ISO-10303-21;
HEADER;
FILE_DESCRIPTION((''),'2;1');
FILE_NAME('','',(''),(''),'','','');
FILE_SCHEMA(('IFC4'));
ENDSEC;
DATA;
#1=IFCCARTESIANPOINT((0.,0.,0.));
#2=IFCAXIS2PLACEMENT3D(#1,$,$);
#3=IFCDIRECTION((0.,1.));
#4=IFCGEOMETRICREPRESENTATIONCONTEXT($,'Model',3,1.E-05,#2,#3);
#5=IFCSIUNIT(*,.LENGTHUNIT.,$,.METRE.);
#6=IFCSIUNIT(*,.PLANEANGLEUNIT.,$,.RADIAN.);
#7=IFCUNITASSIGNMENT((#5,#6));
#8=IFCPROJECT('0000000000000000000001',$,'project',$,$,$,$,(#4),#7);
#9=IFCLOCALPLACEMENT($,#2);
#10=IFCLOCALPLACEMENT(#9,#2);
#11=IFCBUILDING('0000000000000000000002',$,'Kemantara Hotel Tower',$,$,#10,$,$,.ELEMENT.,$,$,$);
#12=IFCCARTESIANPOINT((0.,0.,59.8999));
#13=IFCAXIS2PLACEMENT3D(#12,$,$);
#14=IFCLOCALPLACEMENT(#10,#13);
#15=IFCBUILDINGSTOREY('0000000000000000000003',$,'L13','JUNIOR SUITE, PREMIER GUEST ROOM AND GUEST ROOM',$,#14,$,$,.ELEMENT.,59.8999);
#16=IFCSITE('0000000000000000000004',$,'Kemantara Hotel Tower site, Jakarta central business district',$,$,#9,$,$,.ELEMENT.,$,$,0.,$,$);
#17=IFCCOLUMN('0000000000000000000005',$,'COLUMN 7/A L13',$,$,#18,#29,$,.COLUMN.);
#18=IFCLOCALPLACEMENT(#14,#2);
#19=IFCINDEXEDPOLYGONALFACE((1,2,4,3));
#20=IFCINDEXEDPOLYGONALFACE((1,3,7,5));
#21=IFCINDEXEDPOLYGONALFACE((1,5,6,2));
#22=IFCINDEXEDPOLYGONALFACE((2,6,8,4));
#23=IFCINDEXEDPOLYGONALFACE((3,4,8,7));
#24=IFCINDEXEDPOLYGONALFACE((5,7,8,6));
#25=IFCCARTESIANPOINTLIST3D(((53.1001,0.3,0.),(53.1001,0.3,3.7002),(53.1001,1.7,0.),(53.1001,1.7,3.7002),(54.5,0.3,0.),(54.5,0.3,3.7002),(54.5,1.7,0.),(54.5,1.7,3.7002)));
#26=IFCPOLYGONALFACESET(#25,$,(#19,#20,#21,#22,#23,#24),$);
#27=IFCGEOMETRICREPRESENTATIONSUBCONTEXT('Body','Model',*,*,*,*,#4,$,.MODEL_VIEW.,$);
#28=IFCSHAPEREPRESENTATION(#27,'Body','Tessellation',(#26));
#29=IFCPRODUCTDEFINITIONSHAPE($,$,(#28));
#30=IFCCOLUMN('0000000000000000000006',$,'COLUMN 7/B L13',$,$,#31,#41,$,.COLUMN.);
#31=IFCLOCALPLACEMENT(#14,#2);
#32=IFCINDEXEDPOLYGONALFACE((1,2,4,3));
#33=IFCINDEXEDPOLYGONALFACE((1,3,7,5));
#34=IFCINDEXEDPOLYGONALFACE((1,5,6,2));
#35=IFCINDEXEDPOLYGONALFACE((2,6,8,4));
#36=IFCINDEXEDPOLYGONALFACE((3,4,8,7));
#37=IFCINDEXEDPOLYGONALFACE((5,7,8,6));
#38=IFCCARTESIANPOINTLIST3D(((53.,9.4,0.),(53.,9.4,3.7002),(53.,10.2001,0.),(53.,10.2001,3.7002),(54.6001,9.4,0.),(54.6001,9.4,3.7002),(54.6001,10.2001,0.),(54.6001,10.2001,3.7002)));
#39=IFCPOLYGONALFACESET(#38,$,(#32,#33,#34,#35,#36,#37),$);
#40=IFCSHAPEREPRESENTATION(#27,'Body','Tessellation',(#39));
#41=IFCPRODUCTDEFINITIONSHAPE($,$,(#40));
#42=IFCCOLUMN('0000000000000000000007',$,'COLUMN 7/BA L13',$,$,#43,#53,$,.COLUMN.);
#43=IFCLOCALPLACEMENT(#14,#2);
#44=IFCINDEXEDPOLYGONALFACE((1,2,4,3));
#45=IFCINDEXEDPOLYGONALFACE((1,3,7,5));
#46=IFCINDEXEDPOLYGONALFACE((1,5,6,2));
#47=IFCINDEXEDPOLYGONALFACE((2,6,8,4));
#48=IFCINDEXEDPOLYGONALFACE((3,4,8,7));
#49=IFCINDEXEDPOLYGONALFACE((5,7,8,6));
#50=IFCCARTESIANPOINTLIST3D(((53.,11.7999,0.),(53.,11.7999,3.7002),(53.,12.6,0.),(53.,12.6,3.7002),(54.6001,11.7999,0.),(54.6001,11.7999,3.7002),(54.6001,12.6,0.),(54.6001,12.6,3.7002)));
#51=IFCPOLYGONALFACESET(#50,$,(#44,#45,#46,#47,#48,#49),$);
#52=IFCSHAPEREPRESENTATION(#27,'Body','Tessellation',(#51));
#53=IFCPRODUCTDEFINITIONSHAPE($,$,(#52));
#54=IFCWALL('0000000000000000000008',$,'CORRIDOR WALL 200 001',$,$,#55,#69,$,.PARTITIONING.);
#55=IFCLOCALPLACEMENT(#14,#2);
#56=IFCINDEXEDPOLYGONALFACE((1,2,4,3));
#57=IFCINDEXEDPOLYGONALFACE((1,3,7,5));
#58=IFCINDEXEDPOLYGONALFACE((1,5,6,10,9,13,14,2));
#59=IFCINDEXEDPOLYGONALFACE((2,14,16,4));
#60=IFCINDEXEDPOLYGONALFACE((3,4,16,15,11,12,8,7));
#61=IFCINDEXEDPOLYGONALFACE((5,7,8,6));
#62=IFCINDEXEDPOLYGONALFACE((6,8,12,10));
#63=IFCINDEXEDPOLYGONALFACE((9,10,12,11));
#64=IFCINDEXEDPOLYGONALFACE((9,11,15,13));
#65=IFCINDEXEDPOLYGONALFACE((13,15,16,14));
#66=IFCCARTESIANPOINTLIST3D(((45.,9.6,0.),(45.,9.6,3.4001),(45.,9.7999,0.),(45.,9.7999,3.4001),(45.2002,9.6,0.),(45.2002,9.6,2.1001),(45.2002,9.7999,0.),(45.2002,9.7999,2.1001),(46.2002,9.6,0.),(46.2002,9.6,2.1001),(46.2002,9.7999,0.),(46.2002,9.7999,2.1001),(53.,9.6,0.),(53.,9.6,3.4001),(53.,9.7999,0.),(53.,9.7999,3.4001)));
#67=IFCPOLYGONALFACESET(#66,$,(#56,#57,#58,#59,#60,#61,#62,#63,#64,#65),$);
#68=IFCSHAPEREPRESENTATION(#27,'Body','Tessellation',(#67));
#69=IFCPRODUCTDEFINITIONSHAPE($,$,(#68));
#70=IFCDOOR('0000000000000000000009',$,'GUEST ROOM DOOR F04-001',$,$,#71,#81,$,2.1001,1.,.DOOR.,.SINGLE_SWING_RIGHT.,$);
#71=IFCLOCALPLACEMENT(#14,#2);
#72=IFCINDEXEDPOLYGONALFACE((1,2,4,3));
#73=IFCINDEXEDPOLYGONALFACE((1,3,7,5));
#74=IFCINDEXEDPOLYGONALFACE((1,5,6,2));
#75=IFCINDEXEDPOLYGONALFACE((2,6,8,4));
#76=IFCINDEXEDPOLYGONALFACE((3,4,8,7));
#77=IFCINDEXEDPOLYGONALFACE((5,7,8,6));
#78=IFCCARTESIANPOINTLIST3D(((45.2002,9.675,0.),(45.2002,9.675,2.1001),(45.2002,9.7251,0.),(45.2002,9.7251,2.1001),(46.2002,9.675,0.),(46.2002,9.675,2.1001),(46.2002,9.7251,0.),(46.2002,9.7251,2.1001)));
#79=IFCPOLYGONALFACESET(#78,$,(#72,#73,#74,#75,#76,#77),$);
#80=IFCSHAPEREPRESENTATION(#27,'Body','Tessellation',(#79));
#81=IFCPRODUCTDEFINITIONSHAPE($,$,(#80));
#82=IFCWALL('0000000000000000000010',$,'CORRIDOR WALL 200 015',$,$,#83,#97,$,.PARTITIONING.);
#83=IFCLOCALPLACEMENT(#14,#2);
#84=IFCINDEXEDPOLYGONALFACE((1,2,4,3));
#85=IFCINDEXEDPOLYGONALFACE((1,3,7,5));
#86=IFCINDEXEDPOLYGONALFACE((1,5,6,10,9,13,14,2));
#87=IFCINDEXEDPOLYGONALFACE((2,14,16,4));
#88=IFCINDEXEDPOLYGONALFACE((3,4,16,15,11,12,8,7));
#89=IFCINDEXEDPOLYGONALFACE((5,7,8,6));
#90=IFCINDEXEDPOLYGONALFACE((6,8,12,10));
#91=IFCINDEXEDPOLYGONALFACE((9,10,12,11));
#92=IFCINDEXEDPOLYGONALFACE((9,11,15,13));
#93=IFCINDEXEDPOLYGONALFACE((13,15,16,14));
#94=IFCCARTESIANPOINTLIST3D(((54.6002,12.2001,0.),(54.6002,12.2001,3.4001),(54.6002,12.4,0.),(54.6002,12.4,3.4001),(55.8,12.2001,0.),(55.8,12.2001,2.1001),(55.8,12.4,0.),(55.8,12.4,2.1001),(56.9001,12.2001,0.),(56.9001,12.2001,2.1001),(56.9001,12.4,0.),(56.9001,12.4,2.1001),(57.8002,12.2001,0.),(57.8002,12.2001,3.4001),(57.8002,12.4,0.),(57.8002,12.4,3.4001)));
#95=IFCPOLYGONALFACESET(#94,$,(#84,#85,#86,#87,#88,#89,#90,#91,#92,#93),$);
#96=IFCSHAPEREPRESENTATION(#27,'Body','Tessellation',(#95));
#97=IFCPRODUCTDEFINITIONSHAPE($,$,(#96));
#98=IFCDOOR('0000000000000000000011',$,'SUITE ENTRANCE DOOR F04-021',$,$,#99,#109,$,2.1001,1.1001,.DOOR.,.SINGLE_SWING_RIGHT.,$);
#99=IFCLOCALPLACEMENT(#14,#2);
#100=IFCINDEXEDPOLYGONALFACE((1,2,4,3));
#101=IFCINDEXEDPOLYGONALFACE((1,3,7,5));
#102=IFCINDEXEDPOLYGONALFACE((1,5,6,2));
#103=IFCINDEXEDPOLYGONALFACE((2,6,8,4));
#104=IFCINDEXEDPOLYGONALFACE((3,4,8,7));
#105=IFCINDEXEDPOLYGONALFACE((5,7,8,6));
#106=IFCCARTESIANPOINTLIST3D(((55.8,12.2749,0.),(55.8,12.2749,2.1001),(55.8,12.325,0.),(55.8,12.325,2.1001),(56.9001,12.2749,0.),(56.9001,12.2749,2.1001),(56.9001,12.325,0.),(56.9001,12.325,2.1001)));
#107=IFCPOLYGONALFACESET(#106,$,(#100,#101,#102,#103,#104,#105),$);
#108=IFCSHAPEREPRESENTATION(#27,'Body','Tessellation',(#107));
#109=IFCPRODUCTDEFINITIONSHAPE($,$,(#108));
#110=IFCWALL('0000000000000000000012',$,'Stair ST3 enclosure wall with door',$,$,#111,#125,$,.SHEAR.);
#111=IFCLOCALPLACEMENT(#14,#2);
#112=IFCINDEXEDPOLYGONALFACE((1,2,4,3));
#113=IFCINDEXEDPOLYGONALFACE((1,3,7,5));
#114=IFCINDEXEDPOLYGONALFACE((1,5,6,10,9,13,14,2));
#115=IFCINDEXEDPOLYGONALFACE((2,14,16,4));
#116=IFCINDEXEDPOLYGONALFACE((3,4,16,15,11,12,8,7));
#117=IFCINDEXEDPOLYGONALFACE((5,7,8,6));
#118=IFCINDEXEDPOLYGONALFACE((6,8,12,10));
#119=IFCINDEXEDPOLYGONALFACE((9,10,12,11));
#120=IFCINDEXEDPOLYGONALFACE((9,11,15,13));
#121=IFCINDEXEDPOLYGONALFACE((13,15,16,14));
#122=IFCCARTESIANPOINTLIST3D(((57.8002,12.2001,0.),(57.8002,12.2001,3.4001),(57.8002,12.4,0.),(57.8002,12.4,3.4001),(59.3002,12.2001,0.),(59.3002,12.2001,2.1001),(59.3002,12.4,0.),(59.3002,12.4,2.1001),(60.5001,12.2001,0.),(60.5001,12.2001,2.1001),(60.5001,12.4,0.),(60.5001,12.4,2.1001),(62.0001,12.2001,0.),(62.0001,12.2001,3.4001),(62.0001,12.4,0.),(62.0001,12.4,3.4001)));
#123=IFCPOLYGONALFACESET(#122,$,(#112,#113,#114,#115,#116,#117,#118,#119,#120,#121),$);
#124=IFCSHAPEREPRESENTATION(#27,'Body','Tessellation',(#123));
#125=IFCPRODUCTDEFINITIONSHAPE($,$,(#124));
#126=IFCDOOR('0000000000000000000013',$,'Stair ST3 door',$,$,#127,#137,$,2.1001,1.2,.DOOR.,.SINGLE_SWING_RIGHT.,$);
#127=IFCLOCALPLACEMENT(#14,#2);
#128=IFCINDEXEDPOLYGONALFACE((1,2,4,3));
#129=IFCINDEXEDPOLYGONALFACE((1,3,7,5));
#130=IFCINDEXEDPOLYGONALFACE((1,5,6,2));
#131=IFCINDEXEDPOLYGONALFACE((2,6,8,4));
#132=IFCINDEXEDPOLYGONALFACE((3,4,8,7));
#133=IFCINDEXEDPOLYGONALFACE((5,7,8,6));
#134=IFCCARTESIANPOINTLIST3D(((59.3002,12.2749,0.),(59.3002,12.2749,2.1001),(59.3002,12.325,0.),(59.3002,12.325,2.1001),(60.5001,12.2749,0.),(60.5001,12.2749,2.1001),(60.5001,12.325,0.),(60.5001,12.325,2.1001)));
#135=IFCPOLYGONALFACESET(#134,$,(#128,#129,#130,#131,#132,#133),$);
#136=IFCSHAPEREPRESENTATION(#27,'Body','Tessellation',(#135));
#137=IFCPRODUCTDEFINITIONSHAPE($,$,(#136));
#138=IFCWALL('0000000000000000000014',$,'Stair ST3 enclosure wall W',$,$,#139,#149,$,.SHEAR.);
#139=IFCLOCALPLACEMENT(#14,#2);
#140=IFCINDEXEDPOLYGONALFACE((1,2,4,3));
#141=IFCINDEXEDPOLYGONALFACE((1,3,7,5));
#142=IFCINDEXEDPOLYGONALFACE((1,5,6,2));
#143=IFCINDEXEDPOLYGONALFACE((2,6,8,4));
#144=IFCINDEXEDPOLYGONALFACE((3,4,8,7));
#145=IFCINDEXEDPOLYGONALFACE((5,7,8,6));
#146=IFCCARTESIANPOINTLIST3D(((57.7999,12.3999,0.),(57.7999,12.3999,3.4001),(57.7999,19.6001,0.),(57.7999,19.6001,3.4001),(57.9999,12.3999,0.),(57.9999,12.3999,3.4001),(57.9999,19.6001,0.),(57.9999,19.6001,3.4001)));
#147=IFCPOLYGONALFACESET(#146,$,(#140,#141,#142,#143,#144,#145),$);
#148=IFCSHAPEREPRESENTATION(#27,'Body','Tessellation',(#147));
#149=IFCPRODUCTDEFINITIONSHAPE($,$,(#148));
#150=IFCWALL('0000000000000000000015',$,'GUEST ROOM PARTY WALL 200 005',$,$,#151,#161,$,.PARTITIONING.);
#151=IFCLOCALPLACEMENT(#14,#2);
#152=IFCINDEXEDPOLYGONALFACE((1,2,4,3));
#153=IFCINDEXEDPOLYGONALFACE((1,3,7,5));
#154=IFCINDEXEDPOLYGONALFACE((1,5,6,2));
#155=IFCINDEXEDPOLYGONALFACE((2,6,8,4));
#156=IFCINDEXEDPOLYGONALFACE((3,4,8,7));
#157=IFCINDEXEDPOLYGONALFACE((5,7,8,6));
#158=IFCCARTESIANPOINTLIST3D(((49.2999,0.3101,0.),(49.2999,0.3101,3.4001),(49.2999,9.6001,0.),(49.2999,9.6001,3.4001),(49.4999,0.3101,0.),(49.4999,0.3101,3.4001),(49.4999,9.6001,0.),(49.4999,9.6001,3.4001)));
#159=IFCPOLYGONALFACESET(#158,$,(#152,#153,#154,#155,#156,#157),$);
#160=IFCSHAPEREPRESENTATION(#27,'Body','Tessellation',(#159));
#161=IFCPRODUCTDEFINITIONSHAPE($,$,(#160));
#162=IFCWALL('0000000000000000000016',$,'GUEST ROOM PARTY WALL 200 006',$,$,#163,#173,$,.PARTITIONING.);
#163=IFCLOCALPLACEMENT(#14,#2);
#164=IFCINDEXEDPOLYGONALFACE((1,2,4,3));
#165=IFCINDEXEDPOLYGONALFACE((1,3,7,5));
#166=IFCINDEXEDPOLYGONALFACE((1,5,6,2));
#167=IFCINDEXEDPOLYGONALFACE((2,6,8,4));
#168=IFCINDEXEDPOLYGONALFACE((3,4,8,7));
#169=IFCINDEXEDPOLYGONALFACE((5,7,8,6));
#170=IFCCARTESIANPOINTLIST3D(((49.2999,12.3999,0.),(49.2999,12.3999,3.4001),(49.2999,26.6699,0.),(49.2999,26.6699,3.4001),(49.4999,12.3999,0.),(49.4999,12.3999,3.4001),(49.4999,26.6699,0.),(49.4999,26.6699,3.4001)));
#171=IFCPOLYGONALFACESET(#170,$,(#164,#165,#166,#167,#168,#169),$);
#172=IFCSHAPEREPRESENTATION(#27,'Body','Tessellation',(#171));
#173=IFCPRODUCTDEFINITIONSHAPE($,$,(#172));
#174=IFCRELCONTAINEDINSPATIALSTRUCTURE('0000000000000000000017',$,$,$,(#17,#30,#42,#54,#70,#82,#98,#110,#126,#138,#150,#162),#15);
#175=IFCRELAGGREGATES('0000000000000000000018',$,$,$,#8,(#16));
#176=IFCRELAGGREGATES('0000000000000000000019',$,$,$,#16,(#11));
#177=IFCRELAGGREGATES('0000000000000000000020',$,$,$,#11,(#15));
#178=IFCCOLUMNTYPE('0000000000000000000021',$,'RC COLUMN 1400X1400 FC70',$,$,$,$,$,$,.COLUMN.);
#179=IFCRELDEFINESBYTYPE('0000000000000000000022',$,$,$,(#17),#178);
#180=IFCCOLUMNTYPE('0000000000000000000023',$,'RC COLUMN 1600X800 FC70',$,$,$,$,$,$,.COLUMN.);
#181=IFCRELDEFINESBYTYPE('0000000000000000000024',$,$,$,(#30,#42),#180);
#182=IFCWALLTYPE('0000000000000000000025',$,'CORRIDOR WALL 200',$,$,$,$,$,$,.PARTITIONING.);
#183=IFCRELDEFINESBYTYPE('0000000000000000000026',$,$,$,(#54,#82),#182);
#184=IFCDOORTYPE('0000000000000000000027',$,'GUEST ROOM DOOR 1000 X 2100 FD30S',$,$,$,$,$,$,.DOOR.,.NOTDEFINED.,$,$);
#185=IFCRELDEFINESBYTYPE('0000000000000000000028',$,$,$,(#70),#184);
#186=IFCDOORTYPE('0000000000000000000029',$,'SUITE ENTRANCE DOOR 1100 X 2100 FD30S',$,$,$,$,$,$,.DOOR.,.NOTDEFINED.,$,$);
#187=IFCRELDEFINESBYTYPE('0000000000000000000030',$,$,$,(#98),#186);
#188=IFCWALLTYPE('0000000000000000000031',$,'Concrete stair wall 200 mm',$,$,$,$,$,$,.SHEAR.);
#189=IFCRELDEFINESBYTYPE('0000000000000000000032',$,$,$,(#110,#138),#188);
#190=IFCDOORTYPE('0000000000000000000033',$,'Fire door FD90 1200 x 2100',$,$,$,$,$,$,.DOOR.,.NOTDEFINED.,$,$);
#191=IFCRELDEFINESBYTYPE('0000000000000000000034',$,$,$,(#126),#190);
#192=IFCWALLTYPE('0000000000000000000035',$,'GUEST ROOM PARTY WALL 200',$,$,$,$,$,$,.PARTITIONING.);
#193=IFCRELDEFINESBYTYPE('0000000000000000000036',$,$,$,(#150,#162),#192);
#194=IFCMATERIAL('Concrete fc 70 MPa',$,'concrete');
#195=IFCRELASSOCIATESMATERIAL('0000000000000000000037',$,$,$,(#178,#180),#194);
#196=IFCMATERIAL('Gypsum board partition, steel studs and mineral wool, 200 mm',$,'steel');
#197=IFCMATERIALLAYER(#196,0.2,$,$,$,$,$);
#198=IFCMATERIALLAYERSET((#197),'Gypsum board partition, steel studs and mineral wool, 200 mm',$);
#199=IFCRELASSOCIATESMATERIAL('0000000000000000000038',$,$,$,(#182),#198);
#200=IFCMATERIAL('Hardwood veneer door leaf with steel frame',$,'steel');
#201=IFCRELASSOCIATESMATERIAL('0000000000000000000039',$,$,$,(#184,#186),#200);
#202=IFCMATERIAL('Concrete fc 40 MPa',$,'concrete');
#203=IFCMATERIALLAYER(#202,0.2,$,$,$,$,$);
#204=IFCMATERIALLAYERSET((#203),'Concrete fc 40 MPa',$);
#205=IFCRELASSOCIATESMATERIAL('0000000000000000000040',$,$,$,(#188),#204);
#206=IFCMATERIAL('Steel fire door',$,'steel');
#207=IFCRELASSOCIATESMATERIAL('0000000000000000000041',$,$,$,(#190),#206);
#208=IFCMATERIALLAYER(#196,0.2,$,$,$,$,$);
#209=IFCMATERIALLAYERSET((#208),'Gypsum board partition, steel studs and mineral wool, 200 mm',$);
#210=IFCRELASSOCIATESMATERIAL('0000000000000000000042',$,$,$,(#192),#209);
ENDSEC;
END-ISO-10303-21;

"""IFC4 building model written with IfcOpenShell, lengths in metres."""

from ifc_helpers import new_model, si_unit, direction, frame, frame_2d, origin, origin_2d, place, context, subcontext, project, spatial, rectangle, extrude, material, layer, layer_set, material_profile, profile_set, type_object, element, fill, save


model = new_model("IFC4")

# Units and contexts
model_context = context("Model", 3, precision=1e-05, world=origin(), true_north=direction((0.0, 1.0)))
body_context = subcontext(model_context, "Body", "Model", "MODEL_VIEW")
ifc_project = project(units=[si_unit("LENGTHUNIT", "METRE"), si_unit("PLANEANGLEUNIT", "RADIAN")], contexts=[model_context])

# Site, building, storey
site_placement = place(None, origin())
site = spatial("IfcSite", under=ifc_project, at=site_placement, Name="Kemantara Hotel Tower site, Jakarta central business district", CompositionType="ELEMENT", RefElevation=0.0)
building_placement = place(site_placement, origin())
building = spatial("IfcBuilding", under=site, at=building_placement, Name="Kemantara Hotel Tower", CompositionType="ELEMENT")
storey_placement = place(building_placement, frame((0.0, 0.0, 59.8999)))
storey = spatial("IfcBuildingStorey", under=building, at=storey_placement, Name="L13", Description="JUNIOR SUITE, PREMIER GUEST ROOM AND GUEST ROOM", CompositionType="ELEMENT", Elevation=59.8999)

# Columns
ifc_material_1 = material(Name="Concrete fc 70 MPa", Category="concrete")
ifc_material_profile_1 = material_profile(ifc_material_1, rectangle(XDim=1.3999, YDim=1.3999, at=origin_2d()), Name="RC 1400X1400")
ifc_profile_set_1 = profile_set([ifc_material_profile_1], Name="Concrete fc 70 MPa")
column_type_1 = type_object("IfcColumnType", Name="RC COLUMN 1400X1400 FC70", PredefinedType="COLUMN", material=ifc_profile_set_1)
column_placement = place(storey_placement, frame((53.8, 1.0, 0.0), z_axis=(0.0, 0.0, 1.0), x_axis=(1.0, 0.0, 0.0)))
element("IfcColumn", 1, at=column_placement, inside=storey, type_object=column_type_1, Name="COLUMN 7/A L13", PredefinedType="COLUMN", context=body_context, shape_type="SweptSolid", body=[
    extrude(rectangle(XDim=1.3999, YDim=1.3999, at=origin_2d()), origin(), (0.0, 0.0, 1.0), 3.7002),
])
ifc_material_profile_2 = material_profile(ifc_material_1, rectangle(XDim=1.6001, YDim=0.8, at=origin_2d()), Name="RC 1600X800")
ifc_profile_set_2 = profile_set([ifc_material_profile_2], Name="Concrete fc 70 MPa")
column_type_2 = type_object("IfcColumnType", Name="RC COLUMN 1600X800 FC70", PredefinedType="COLUMN", material=ifc_profile_set_2)
for number, where, z_axis, x_axis, name in (
    (2, (53.8, 9.8, 0.0), (0.0, 0.0, 1.0), (1.0, 0.0, 0.0), "COLUMN 7/B L13"),
    (3, (53.8, 12.2, 0.0), (0.0, 0.0, 1.0), (1.0, 0.0, 0.0), "COLUMN 7/BA L13"),
):
    element("IfcColumn", number, at=place(storey_placement, frame(where, z_axis=z_axis, x_axis=x_axis)), inside=storey, type_object=column_type_2, Name=name, PredefinedType="COLUMN", context=body_context, shape_type="SweptSolid", body=[
        extrude(rectangle(XDim=1.6001, YDim=0.8, at=origin_2d()), origin(), (0.0, 0.0, 1.0), 3.7002),
    ])

# Walls, openings, doors
ifc_material_2 = material(Name="Gypsum board partition, steel studs and mineral wool, 200 mm", Category="steel")
ifc_layer_1 = layer(ifc_material_2, 0.2)
ifc_layer_set_1 = layer_set([ifc_layer_1], Name="Gypsum board partition, steel studs and mineral wool, 200 mm")
wall_type_1 = type_object("IfcWallType", Name="CORRIDOR WALL 200", PredefinedType="PARTITIONING", material=ifc_layer_set_1)
wall_1_placement = place(storey_placement, frame((53.0, 9.7, 0.0), z_axis=(0.0, 0.0, 1.0), x_axis=(-1.0, 0.0, 0.0)))
wall_1 = element("IfcWall", 4, at=wall_1_placement, inside=storey, type_object=wall_type_1, Name="CORRIDOR WALL 200 001", PredefinedType="PARTITIONING", context=body_context, shape_type="SweptSolid", body=[
    extrude(rectangle(XDim=8.0, YDim=0.2, at=frame_2d((4.0, 0.0))), origin(), (0.0, 0.0, 1.0), 3.4001),
])
opening_1_placement = place(wall_1_placement, frame((6.7998, 0.0, 0.0)))
opening_1 = element("IfcOpeningElement", 5, at=opening_1_placement, cuts=wall_1, PredefinedType="OPENING", context=body_context, shape_type="SweptSolid", body=[
    extrude(rectangle(XDim=1.0, YDim=2.1001, at=frame_2d((0.5, 1.05))), frame((0.0, 0.1099, 0.0), z_axis=(0.0, -1.0, 0.0), x_axis=(1.0, 0.0, 0.0)), (0.0, 0.0, 1.0), 0.22),
])
ifc_material_3 = material(Name="Hardwood veneer door leaf with steel frame", Category="steel")
door_type_1 = type_object("IfcDoorType", Name="GUEST ROOM DOOR 1000 X 2100 FD30S", OperationType="NOTDEFINED", PredefinedType="DOOR", material=ifc_material_3)
door_1_placement = place(opening_1_placement, origin())
door_1 = element("IfcDoor", 6, at=door_1_placement, inside=storey, type_object=door_type_1, Name="GUEST ROOM DOOR F04-001", OperationType="SINGLE_SWING_RIGHT", OverallHeight=2.1001, OverallWidth=1.0, PredefinedType="DOOR", context=body_context, shape_type="SweptSolid", body=[
    extrude(rectangle(XDim=1.0, YDim=2.1001, at=frame_2d((0.5, 1.05))), frame((0.0, 0.0249, 0.0), z_axis=(0.0, -1.0, 0.0), x_axis=(1.0, 0.0, 0.0)), (0.0, 0.0, 1.0), 0.05),
])
fill(opening_1, door_1)
wall_2_placement = place(storey_placement, frame((54.6001, 12.3, 0.0), z_axis=(0.0, 0.0, 1.0), x_axis=(1.0, 0.0, 0.0)))
wall_2 = element("IfcWall", 7, at=wall_2_placement, inside=storey, type_object=wall_type_1, Name="CORRIDOR WALL 200 015", PredefinedType="PARTITIONING", context=body_context, shape_type="SweptSolid", body=[
    extrude(rectangle(XDim=3.2, YDim=0.2, at=frame_2d((1.6001, 0.0))), origin(), (0.0, 0.0, 1.0), 3.4001),
])
opening_2_placement = place(wall_2_placement, frame((1.2, 0.0, 0.0)))
opening_2 = element("IfcOpeningElement", 8, at=opening_2_placement, cuts=wall_2, PredefinedType="OPENING", context=body_context, shape_type="SweptSolid", body=[
    extrude(rectangle(XDim=1.1001, YDim=2.1001, at=frame_2d((0.55, 1.05))), frame((0.0, 0.1099, 0.0), z_axis=(0.0, -1.0, 0.0), x_axis=(1.0, 0.0, 0.0)), (0.0, 0.0, 1.0), 0.22),
])
door_type_2 = type_object("IfcDoorType", Name="SUITE ENTRANCE DOOR 1100 X 2100 FD30S", OperationType="NOTDEFINED", PredefinedType="DOOR", material=ifc_material_3)
door_2_placement = place(opening_2_placement, origin())
door_2 = element("IfcDoor", 9, at=door_2_placement, inside=storey, type_object=door_type_2, Name="SUITE ENTRANCE DOOR F04-021", OperationType="SINGLE_SWING_RIGHT", OverallHeight=2.1001, OverallWidth=1.1001, PredefinedType="DOOR", context=body_context, shape_type="SweptSolid", body=[
    extrude(rectangle(XDim=1.1001, YDim=2.1001, at=frame_2d((0.55, 1.05))), frame((0.0, 0.0249, 0.0), z_axis=(0.0, -1.0, 0.0), x_axis=(1.0, 0.0, 0.0)), (0.0, 0.0, 1.0), 0.05),
])
fill(opening_2, door_2)
ifc_material_4 = material(Name="Concrete fc 40 MPa", Category="concrete")
ifc_layer_2 = layer(ifc_material_4, 0.2)
ifc_layer_set_2 = layer_set([ifc_layer_2], Name="Concrete fc 40 MPa")
wall_type_2 = type_object("IfcWallType", Name="Concrete stair wall 200 mm", PredefinedType="SHEAR", material=ifc_layer_set_2)
wall_3_placement = place(storey_placement, frame((57.8, 12.3, 0.0), z_axis=(0.0, 0.0, 1.0), x_axis=(1.0, 0.0, 0.0)))
wall_3 = element("IfcWall", 10, at=wall_3_placement, inside=storey, type_object=wall_type_2, Name="Stair ST3 enclosure wall with door", PredefinedType="SHEAR", context=body_context, shape_type="SweptSolid", body=[
    extrude(rectangle(XDim=4.2, YDim=0.2, at=frame_2d((2.1001, 0.0))), origin(), (0.0, 0.0, 1.0), 3.4001),
])
opening_3_placement = place(wall_3_placement, frame((1.5, 0.0, 0.0)))
opening_3 = element("IfcOpeningElement", 11, at=opening_3_placement, cuts=wall_3, PredefinedType="OPENING", context=body_context, shape_type="SweptSolid", body=[
    extrude(rectangle(XDim=1.2, YDim=2.1001, at=frame_2d((0.6001, 1.05))), frame((0.0, 0.1099, 0.0), z_axis=(0.0, -1.0, 0.0), x_axis=(1.0, 0.0, 0.0)), (0.0, 0.0, 1.0), 0.22),
])
ifc_material_5 = material(Name="Steel fire door", Category="steel")
door_type_3 = type_object("IfcDoorType", Name="Fire door FD90 1200 x 2100", OperationType="NOTDEFINED", PredefinedType="DOOR", material=ifc_material_5)
door_3_placement = place(opening_3_placement, origin())
door_3 = element("IfcDoor", 12, at=door_3_placement, inside=storey, type_object=door_type_3, Name="Stair ST3 door", OperationType="SINGLE_SWING_RIGHT", OverallHeight=2.1001, OverallWidth=1.2, PredefinedType="DOOR", context=body_context, shape_type="SweptSolid", body=[
    extrude(rectangle(XDim=1.2, YDim=2.1001, at=frame_2d((0.6001, 1.05))), frame((0.0, 0.0249, 0.0), z_axis=(0.0, -1.0, 0.0), x_axis=(1.0, 0.0, 0.0)), (0.0, 0.0, 1.0), 0.05),
])
fill(opening_3, door_3)

# Walls
wall_4_placement = place(storey_placement, frame((57.8999, 12.3999, 0.0), z_axis=(0.0, 0.0, 1.0), x_axis=(0.0, 1.0, 0.0)))
element("IfcWall", 13, at=wall_4_placement, inside=storey, type_object=wall_type_2, Name="Stair ST3 enclosure wall W", PredefinedType="SHEAR", context=body_context, shape_type="SweptSolid", body=[
    extrude(rectangle(XDim=7.2002, YDim=0.2, at=frame_2d((3.6001, 0.0))), origin(), (0.0, 0.0, 1.0), 3.4001),
])
ifc_layer_3 = layer(ifc_material_2, 0.2)
ifc_layer_set_3 = layer_set([ifc_layer_3], Name="Gypsum board partition, steel studs and mineral wool, 200 mm")
wall_type_3 = type_object("IfcWallType", Name="GUEST ROOM PARTY WALL 200", PredefinedType="PARTITIONING", material=ifc_layer_set_3)
wall_5_placement = place(storey_placement, frame((49.3999, 0.3101, 0.0), z_axis=(0.0, 0.0, 1.0), x_axis=(0.0, 1.0, 0.0)))
element("IfcWall", 14, at=wall_5_placement, inside=storey, type_object=wall_type_3, Name="GUEST ROOM PARTY WALL 200 005", PredefinedType="PARTITIONING", context=body_context, shape_type="SweptSolid", body=[
    extrude(rectangle(XDim=9.29, YDim=0.2, at=frame_2d((4.645, 0.0))), origin(), (0.0, 0.0, 1.0), 3.4001),
])
wall_6_placement = place(storey_placement, frame((49.3999, 12.3999, 0.0), z_axis=(0.0, 0.0, 1.0), x_axis=(0.0, 1.0, 0.0)))
element("IfcWall", 15, at=wall_6_placement, inside=storey, type_object=wall_type_3, Name="GUEST ROOM PARTY WALL 200 006", PredefinedType="PARTITIONING", context=body_context, shape_type="SweptSolid", body=[
    extrude(rectangle(XDim=14.27, YDim=0.2, at=frame_2d((7.135, 0.0))), origin(), (0.0, 0.0, 1.0), 3.4001),
])

save(model, "model.ifc")
